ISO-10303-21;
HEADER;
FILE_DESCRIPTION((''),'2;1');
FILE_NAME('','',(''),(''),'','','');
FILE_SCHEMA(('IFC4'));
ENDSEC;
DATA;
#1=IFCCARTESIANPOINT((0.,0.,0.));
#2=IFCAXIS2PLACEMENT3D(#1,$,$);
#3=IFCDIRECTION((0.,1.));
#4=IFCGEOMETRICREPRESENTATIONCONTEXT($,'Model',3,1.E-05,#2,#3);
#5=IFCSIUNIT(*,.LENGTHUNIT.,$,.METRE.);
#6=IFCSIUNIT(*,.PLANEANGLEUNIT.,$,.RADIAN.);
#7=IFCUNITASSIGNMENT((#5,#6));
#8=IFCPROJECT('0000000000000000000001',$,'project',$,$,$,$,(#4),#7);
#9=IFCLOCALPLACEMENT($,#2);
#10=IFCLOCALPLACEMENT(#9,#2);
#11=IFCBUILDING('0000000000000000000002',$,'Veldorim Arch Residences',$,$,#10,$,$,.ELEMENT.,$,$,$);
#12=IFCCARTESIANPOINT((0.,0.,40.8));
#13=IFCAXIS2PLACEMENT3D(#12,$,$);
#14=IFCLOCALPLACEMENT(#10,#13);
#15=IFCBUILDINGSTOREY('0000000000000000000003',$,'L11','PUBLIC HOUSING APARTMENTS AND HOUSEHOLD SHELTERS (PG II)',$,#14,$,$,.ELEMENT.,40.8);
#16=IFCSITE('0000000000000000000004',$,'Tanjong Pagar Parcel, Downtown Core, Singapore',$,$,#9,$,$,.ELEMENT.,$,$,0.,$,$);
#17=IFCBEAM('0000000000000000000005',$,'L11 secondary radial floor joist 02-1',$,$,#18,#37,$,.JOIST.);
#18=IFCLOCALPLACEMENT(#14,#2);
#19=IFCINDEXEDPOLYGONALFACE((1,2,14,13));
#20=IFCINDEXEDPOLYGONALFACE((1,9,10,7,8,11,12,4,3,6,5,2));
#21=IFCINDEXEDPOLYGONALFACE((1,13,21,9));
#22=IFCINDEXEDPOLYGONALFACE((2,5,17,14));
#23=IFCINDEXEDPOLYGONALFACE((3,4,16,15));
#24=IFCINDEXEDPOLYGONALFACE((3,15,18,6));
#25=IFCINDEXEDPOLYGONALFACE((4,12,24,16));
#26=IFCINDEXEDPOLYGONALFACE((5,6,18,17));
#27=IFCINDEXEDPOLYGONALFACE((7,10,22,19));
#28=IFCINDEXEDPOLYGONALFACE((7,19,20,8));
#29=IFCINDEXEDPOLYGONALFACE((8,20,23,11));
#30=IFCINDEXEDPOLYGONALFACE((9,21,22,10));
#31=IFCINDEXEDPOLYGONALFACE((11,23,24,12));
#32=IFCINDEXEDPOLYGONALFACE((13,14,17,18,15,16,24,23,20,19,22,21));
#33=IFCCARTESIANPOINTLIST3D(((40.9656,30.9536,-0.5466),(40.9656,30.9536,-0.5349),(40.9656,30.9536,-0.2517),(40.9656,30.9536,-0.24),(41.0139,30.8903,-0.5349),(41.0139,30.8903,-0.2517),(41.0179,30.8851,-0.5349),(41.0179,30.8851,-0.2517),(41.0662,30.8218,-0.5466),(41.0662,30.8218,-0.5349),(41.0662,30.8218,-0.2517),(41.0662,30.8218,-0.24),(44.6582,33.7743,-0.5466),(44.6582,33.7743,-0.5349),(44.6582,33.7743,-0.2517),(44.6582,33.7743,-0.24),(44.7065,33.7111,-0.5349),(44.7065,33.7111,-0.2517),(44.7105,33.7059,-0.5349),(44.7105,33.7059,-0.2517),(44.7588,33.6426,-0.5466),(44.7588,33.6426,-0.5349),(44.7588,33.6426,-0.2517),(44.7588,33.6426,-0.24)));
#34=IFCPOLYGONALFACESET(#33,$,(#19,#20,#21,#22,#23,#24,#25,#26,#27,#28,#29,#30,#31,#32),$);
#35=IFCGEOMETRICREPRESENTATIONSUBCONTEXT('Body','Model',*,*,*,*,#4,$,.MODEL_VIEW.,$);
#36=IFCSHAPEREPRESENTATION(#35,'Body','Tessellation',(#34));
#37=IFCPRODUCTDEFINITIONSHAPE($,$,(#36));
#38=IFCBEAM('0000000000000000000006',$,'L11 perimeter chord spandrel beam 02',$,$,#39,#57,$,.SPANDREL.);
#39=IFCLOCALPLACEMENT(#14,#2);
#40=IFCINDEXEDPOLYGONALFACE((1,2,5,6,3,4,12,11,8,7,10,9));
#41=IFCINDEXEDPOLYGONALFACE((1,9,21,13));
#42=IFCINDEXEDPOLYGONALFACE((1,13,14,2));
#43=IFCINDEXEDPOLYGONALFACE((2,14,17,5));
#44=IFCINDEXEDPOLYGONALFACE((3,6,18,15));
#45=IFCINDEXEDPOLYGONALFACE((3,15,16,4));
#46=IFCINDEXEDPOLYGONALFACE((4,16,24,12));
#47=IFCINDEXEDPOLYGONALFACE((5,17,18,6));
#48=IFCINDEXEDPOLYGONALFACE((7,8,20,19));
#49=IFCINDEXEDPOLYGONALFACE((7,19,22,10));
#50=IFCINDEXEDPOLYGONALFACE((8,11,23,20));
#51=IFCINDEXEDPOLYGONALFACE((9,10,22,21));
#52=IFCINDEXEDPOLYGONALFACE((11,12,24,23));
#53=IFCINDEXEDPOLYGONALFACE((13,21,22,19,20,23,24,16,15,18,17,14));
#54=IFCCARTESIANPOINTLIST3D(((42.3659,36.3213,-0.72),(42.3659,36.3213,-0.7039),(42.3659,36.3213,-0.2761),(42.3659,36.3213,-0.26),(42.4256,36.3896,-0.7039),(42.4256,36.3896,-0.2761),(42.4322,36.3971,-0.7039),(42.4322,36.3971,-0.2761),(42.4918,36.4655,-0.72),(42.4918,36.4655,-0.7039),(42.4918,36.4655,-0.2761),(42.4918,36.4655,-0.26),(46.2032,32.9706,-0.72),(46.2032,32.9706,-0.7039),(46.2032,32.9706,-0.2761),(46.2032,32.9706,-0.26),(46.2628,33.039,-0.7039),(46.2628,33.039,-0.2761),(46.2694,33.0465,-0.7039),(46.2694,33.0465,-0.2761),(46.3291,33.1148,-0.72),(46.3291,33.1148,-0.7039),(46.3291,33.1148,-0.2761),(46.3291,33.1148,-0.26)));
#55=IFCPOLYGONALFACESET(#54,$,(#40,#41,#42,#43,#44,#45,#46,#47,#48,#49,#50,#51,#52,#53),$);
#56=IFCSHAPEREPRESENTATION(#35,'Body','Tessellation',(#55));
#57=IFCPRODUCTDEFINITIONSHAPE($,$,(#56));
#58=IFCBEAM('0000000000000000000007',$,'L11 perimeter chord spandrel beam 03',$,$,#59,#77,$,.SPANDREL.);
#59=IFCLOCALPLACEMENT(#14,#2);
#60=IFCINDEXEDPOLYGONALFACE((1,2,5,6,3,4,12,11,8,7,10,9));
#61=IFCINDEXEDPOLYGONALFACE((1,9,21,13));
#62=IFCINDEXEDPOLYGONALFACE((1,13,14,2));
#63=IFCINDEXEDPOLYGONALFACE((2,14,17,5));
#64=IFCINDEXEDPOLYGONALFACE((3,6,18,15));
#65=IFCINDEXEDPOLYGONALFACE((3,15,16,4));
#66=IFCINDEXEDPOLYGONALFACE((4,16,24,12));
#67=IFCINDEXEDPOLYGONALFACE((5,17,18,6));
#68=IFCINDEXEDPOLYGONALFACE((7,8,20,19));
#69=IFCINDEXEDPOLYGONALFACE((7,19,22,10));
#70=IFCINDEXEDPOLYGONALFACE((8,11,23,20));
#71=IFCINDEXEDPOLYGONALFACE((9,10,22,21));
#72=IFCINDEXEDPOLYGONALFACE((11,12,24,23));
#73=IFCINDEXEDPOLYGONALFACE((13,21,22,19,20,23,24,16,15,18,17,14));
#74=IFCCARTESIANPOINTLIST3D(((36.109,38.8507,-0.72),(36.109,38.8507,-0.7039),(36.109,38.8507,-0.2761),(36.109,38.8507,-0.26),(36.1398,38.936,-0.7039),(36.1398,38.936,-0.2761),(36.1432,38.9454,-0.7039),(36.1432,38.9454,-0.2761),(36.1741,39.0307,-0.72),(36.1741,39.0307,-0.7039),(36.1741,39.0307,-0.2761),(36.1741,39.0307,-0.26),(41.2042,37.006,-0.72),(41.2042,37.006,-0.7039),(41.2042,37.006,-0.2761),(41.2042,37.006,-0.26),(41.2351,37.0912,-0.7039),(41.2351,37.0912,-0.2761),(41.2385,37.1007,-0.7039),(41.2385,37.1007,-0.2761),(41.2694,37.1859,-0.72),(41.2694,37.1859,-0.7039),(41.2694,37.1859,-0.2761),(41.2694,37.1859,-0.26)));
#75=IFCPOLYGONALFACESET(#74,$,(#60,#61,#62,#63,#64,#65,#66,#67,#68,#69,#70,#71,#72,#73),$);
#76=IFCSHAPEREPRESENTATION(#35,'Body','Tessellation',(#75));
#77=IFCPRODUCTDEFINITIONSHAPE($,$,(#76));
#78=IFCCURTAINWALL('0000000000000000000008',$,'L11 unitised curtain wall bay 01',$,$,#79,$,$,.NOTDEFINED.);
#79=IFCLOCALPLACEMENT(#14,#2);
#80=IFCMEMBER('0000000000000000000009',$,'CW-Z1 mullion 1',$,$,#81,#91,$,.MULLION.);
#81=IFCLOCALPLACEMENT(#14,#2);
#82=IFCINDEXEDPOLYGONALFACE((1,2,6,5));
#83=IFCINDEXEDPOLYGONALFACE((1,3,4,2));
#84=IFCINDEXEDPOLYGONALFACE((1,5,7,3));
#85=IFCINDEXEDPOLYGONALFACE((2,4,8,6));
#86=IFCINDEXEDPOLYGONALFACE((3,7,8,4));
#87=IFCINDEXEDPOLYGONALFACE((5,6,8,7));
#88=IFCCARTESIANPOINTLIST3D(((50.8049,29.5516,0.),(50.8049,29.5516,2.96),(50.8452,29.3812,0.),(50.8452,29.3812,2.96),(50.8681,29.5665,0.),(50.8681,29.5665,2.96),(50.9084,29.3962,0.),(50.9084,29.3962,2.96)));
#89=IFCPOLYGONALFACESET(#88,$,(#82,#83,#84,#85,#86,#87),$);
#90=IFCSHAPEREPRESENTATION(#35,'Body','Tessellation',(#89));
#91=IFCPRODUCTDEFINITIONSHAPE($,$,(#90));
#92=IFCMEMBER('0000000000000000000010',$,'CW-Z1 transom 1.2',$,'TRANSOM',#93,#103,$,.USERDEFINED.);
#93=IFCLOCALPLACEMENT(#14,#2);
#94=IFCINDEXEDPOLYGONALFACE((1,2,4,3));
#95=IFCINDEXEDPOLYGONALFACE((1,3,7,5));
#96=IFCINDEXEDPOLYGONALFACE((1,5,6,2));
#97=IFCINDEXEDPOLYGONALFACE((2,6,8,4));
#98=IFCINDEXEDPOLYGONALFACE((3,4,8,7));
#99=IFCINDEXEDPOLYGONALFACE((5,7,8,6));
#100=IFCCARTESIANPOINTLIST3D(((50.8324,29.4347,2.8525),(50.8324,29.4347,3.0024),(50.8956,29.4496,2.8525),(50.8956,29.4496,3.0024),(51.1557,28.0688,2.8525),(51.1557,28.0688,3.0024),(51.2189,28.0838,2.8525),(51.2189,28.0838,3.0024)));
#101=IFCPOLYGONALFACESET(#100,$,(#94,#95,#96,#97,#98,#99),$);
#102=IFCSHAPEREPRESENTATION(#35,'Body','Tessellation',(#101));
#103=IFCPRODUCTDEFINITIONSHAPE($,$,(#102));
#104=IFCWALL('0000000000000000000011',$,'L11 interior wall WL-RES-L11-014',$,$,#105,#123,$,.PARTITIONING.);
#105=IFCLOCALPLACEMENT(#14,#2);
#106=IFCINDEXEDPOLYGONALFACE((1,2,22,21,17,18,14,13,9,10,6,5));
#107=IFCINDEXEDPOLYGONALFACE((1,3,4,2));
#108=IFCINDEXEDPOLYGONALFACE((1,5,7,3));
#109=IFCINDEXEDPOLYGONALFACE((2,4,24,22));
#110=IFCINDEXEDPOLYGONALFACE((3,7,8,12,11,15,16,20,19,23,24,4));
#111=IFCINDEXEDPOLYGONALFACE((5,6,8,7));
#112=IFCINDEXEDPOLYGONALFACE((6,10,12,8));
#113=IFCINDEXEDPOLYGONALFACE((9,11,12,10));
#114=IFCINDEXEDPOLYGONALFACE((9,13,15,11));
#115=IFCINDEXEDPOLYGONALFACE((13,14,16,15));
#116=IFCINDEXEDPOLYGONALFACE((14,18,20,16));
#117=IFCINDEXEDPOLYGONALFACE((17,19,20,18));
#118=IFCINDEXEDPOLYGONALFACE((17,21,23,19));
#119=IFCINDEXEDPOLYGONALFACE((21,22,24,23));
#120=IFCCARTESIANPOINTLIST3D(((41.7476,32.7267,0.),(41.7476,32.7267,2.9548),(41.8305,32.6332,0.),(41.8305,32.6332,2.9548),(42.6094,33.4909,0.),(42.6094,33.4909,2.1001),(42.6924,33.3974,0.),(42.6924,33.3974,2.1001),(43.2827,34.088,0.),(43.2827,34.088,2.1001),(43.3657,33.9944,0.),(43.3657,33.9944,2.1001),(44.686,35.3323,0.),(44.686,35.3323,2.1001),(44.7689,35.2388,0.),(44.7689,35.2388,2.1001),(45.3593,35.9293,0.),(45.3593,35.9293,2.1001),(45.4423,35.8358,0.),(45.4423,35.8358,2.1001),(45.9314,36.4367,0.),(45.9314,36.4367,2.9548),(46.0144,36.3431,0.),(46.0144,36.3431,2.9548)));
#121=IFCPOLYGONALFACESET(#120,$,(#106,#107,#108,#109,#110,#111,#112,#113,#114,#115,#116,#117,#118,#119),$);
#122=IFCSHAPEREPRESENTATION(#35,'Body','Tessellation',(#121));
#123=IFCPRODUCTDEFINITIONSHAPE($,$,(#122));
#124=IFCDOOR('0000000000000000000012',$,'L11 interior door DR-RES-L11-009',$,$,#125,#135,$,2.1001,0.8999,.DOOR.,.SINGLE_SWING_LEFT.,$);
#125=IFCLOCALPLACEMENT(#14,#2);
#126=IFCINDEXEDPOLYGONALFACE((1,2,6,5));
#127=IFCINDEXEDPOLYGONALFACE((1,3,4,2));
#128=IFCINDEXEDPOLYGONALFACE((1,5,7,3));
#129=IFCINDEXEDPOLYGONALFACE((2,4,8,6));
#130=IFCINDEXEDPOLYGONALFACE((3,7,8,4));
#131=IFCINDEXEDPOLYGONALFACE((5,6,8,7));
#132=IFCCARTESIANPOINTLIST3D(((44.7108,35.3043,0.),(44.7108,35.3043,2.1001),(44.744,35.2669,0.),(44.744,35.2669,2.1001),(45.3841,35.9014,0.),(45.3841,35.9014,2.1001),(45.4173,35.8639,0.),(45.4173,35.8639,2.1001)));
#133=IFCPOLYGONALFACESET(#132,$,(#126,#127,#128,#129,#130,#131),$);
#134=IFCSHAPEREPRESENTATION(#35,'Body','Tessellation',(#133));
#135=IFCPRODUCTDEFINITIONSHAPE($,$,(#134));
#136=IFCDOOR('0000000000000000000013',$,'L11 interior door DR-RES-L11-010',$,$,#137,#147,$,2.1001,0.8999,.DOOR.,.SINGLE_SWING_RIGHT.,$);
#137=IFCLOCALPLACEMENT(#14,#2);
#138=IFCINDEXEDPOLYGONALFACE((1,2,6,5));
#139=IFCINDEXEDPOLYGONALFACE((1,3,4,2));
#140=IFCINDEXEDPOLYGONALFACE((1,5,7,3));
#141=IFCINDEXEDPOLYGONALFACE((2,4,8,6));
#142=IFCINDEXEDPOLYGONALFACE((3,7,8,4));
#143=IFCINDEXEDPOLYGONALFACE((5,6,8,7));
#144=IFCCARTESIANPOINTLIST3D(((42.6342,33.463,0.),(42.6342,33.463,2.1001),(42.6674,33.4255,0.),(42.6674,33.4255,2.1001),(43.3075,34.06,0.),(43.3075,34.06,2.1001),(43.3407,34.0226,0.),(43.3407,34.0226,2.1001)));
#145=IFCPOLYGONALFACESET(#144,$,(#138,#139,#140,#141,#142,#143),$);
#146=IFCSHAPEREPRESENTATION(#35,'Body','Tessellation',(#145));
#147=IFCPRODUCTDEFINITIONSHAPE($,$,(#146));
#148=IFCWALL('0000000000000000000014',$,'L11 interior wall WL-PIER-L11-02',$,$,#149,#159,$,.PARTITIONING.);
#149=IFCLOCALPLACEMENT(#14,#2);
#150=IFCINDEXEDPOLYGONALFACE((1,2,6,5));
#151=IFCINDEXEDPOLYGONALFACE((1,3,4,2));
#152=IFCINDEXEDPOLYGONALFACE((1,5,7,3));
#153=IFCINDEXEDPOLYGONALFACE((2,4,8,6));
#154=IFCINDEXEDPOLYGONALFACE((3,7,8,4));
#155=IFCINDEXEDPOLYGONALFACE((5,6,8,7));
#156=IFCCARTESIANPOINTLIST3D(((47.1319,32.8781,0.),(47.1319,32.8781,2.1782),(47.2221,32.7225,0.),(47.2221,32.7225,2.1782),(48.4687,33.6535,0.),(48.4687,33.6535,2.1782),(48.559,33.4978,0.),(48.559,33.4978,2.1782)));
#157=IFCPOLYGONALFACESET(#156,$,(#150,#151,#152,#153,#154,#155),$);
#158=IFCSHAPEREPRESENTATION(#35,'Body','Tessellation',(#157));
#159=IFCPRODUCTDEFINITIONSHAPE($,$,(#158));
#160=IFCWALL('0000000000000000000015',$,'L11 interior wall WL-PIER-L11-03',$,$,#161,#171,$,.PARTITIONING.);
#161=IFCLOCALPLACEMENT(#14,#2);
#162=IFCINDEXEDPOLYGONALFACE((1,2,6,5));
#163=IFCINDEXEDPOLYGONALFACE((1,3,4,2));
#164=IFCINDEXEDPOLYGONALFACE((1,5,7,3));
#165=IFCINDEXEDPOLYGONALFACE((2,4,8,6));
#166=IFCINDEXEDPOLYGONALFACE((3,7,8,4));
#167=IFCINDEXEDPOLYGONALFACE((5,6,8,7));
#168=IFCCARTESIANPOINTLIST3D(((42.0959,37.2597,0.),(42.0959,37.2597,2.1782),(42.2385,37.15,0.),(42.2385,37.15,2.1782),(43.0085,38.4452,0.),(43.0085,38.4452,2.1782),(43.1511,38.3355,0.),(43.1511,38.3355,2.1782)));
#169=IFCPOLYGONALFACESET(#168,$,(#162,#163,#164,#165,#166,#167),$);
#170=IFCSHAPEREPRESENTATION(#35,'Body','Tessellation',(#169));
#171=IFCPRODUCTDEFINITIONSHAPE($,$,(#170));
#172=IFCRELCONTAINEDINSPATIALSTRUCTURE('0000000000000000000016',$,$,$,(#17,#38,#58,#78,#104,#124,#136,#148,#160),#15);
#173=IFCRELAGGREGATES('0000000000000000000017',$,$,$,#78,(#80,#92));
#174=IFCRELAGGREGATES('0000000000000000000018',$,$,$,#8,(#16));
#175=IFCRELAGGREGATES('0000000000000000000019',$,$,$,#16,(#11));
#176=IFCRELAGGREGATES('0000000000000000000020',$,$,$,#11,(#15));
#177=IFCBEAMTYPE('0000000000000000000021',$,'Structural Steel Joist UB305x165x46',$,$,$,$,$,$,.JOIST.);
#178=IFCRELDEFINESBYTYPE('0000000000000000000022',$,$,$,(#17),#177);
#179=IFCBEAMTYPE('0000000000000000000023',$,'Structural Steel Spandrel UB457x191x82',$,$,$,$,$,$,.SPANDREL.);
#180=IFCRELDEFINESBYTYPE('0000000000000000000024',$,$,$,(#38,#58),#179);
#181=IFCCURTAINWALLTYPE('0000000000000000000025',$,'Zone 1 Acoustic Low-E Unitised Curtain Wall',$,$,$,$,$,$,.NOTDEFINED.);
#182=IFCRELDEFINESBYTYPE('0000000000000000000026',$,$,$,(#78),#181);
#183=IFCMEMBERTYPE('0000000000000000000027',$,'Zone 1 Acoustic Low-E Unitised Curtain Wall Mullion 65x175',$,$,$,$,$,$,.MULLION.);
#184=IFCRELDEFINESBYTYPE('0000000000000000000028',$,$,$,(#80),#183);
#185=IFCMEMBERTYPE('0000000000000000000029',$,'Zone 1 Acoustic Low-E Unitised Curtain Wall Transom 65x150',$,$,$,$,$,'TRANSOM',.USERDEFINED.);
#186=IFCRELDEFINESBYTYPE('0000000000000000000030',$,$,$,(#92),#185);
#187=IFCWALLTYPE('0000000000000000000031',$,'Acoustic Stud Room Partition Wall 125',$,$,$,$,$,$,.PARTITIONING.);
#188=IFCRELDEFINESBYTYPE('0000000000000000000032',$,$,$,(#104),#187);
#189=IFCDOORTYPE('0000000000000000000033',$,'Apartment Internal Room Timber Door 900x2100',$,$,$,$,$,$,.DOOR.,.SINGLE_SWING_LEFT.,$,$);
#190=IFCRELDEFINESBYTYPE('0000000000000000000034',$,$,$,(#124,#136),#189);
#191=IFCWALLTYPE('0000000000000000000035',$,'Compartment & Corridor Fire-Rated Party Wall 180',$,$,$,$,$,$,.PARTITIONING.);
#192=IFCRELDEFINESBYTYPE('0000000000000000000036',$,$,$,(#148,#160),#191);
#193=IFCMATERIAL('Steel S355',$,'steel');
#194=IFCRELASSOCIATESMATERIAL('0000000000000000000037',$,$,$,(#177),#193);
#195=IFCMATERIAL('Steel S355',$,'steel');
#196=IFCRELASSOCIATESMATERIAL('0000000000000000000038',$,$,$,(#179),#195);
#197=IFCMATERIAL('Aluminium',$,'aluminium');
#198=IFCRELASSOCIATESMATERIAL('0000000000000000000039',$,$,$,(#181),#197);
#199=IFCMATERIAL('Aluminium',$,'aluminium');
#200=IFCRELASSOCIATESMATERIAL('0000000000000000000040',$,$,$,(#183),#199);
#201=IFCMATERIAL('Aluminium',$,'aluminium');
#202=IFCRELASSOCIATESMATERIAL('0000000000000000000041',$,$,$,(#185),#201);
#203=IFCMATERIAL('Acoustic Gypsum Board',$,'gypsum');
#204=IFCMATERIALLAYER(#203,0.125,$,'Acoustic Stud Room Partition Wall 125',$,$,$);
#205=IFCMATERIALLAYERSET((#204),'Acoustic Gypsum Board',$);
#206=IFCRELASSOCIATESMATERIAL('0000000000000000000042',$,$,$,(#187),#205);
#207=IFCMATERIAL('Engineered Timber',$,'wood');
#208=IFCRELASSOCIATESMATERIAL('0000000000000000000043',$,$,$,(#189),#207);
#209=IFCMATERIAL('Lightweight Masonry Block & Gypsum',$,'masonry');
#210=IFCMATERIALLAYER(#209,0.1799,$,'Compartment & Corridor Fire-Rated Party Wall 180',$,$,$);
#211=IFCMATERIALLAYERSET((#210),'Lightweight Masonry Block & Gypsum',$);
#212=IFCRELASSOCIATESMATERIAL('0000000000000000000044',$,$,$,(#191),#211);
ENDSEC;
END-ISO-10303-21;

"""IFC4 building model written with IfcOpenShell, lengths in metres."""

from ifc_helpers import new_model, si_unit, direction, frame, frame_2d, origin, origin_2d, place, context, subcontext, project, spatial, rectangle, i_section, extrude, material, layer, layer_set, material_profile, profile_set, type_object, element, fill, aggregate, save


model = new_model("IFC4")

# Units and contexts
model_context = context("Model", 3, precision=1e-05, world=origin(), true_north=direction((0.0, 1.0)))
body_context = subcontext(model_context, "Body", "Model", "MODEL_VIEW")
ifc_project = project(units=[si_unit("LENGTHUNIT", "METRE"), si_unit("PLANEANGLEUNIT", "RADIAN")], contexts=[model_context])

# Site, building, storey
site_placement = place(None, origin())
site = spatial("IfcSite", under=ifc_project, at=site_placement, Name="Tanjong Pagar Parcel, Downtown Core, Singapore", CompositionType="ELEMENT", RefElevation=0.0)
building_placement = place(site_placement, origin())
building = spatial("IfcBuilding", under=site, at=building_placement, Name="Veldorim Arch Residences", CompositionType="ELEMENT")
storey_placement = place(building_placement, frame((0.0, 0.0, 40.8)))
storey = spatial("IfcBuildingStorey", under=building, at=storey_placement, Name="L11", Description="PUBLIC HOUSING APARTMENTS AND HOUSEHOLD SHELTERS (PG II)", CompositionType="ELEMENT", Elevation=40.8)

# Beams
ifc_material_1 = material(Name="Steel S355", Category="steel")
ifc_material_profile_1 = material_profile(ifc_material_1, i_section(OverallWidth=0.1658, OverallDepth=0.3066, WebThickness=0.0066, FlangeThickness=0.0117, at=origin_2d()), Name="UB305x165x46")
ifc_profile_set_1 = profile_set([ifc_material_profile_1], Name="Steel S355")
beam_type_1 = type_object("IfcBeamType", Name="Structural Steel Joist UB305x165x46", PredefinedType="JOIST", material=ifc_profile_set_1)
beam_1_placement = place(storey_placement, frame((41.0159, 30.8877, -0.3933), z_axis=(0.794666, 0.607046, 0.0), x_axis=(-0.607046, 0.794666, 0.0)))
element("IfcBeam", 1, at=beam_1_placement, inside=storey, type_object=beam_type_1, Name="L11 secondary radial floor joist 02-1", PredefinedType="JOIST", context=body_context, shape_type="SweptSolid", body=[
    extrude(i_section(OverallWidth=0.1658, OverallDepth=0.3066, WebThickness=0.0066, FlangeThickness=0.0117, at=origin_2d()), origin(), (0.0, 0.0, 1.0), 4.6467),
])
ifc_material_2 = material(Name="Steel S355", Category="steel")
ifc_material_profile_2 = material_profile(ifc_material_2, i_section(OverallWidth=0.1914, OverallDepth=0.46, WebThickness=0.01, FlangeThickness=0.0161, at=origin_2d()), Name="UB457x191x82")
ifc_profile_set_2 = profile_set([ifc_material_profile_2], Name="Steel S355")
beam_type_2 = type_object("IfcBeamType", Name="Structural Steel Spandrel UB457x191x82", PredefinedType="SPANDREL", material=ifc_profile_set_2)
beam_2_placement = place(storey_placement, frame((46.2661, 33.0427, -0.49), z_axis=(-0.75325, 0.657734, 0.0), x_axis=(-0.657734, -0.75325, 0.0)))
element("IfcBeam", 2, at=beam_2_placement, inside=storey, type_object=beam_type_2, Name="L11 perimeter chord spandrel beam 02", PredefinedType="SPANDREL", context=body_context, shape_type="SweptSolid", body=[
    extrude(i_section(OverallWidth=0.1914, OverallDepth=0.46, WebThickness=0.01, FlangeThickness=0.0161, at=origin_2d()), origin(), (0.0, 0.0, 1.0), 5.0942),
])
beam_3_placement = place(storey_placement, frame((41.2368, 37.0959, -0.49), z_axis=(-0.940271, 0.340426, 0.0), x_axis=(-0.340426, -0.940271, 0.0)))
element("IfcBeam", 3, at=beam_3_placement, inside=storey, type_object=beam_type_2, Name="L11 perimeter chord spandrel beam 03", PredefinedType="SPANDREL", context=body_context, shape_type="SweptSolid", body=[
    extrude(i_section(OverallWidth=0.1914, OverallDepth=0.46, WebThickness=0.01, FlangeThickness=0.0161, at=origin_2d()), origin(), (0.0, 0.0, 1.0), 5.4189),
])

# Curtain wall, members
ifc_material_3 = material(Name="Aluminium", Category="aluminium")
curtain_wall_type = type_object("IfcCurtainWallType", Name="Zone 1 Acoustic Low-E Unitised Curtain Wall", PredefinedType="NOTDEFINED", material=ifc_material_3)
curtain_wall_placement = place(storey_placement, origin())
curtain_wall = element("IfcCurtainWall", 4, at=curtain_wall_placement, inside=storey, type_object=curtain_wall_type, Name="L11 unitised curtain wall bay 01", PredefinedType="NOTDEFINED")
ifc_material_4 = material(Name="Aluminium", Category="aluminium")
ifc_material_profile_3 = material_profile(ifc_material_4, rectangle(XDim=0.0649, YDim=0.175, at=origin_2d()), Name="ALU_MUL_65x175")
ifc_profile_set_3 = profile_set([ifc_material_profile_3], Name="Aluminium")
member_type_1 = type_object("IfcMemberType", Name="Zone 1 Acoustic Low-E Unitised Curtain Wall Mullion 65x175", PredefinedType="MULLION", material=ifc_profile_set_3)
member_1_placement = place(storey_placement, frame((50.8567, 29.4739, 0.0), z_axis=(0.0, 0.0, 1.0), x_axis=(0.97313, 0.230257, 0.0)))
member_1 = element("IfcMember", 5, at=member_1_placement, type_object=member_type_1, Name="CW-Z1 mullion 1", PredefinedType="MULLION", context=body_context, shape_type="SweptSolid", body=[
    extrude(rectangle(XDim=0.0649, YDim=0.175, at=origin_2d()), origin(), (0.0, 0.0, 1.0), 2.96),
])
ifc_material_5 = material(Name="Aluminium", Category="aluminium")
ifc_material_profile_4 = material_profile(ifc_material_5, rectangle(XDim=0.0649, YDim=0.1499, at=origin_2d()), Name="ALU_TRN_65x150")
ifc_profile_set_4 = profile_set([ifc_material_profile_4], Name="Aluminium")
member_type_2 = type_object("IfcMemberType", Name="Zone 1 Acoustic Low-E Unitised Curtain Wall Transom 65x150", ElementType="TRANSOM", PredefinedType="USERDEFINED", material=ifc_profile_set_4)
member_2_placement = place(storey_placement, frame((50.864, 29.4421, 2.9275), z_axis=(0.230319, -0.973115, 0.0), x_axis=(0.973115, 0.230319, 0.0)))
member_2 = element("IfcMember", 6, at=member_2_placement, type_object=member_type_2, Name="CW-Z1 transom 1.2", ObjectType="TRANSOM", PredefinedType="USERDEFINED", context=body_context, shape_type="SweptSolid", body=[
    extrude(rectangle(XDim=0.0649, YDim=0.1499, at=origin_2d()), origin(), (0.0, 0.0, 1.0), 1.4036),
])
aggregate(curtain_wall, [member_1, member_2])

# Wall, openings, doors
ifc_material_6 = material(Name="Acoustic Gypsum Board", Category="gypsum")
ifc_layer_1 = layer(ifc_material_6, 0.125, Name="Acoustic Stud Room Partition Wall 125")
ifc_layer_set_1 = layer_set([ifc_layer_1], Name="Acoustic Gypsum Board")
wall_type_1 = type_object("IfcWallType", Name="Acoustic Stud Room Partition Wall 125", PredefinedType="PARTITIONING", material=ifc_layer_set_1)
wall_1_placement = place(storey_placement, frame((45.9729, 36.3899, 0.0), z_axis=(0.0, 0.0, 1.0), x_axis=(-0.748209, -0.663464, 0.0)))
wall_1 = element("IfcWall", 7, at=wall_1_placement, inside=storey, type_object=wall_type_1, Name="L11 interior wall WL-RES-L11-014", PredefinedType="PARTITIONING", context=body_context, shape_type="SweptSolid", body=[
    extrude(rectangle(XDim=5.5918, YDim=0.125, at=frame_2d((2.7959, 0.0))), origin(), (0.0, 0.0, 1.0), 2.9548),
])
opening_1_placement = place(wall_1_placement, frame((0.7646, 0.0, 0.0)))
opening_1 = element("IfcOpeningElement", 8, at=opening_1_placement, cuts=wall_1, PredefinedType="OPENING", context=body_context, shape_type="SweptSolid", body=[
    extrude(rectangle(XDim=0.8999, YDim=2.1001, at=frame_2d((0.45, 1.05))), frame((0.0, 0.0725, 0.0), z_axis=(0.0, -1.0, 0.0), x_axis=(1.0, 0.0, 0.0)), (0.0, 0.0, 1.0), 0.145),
])
opening_2_placement = place(wall_1_placement, frame((3.54, 0.0, 0.0)))
opening_2 = element("IfcOpeningElement", 9, at=opening_2_placement, cuts=wall_1, PredefinedType="OPENING", context=body_context, shape_type="SweptSolid", body=[
    extrude(rectangle(XDim=0.8999, YDim=2.1001, at=frame_2d((0.45, 1.05))), frame((0.0, 0.0725, 0.0), z_axis=(0.0, -1.0, 0.0), x_axis=(1.0, 0.0, 0.0)), (0.0, 0.0, 1.0), 0.145),
])
ifc_material_7 = material(Name="Engineered Timber", Category="wood")
door_type_1 = type_object("IfcDoorType", Name="Apartment Internal Room Timber Door 900x2100", OperationType="SINGLE_SWING_LEFT", PredefinedType="DOOR", material=ifc_material_7)
door_1_placement = place(opening_1_placement, origin())
door_1 = element("IfcDoor", 10, at=door_1_placement, inside=storey, type_object=door_type_1, Name="L11 interior door DR-RES-L11-009", OperationType="SINGLE_SWING_LEFT", OverallHeight=2.1001, OverallWidth=0.8999, PredefinedType="DOOR", context=body_context, shape_type="SweptSolid", body=[
    extrude(rectangle(XDim=0.8999, YDim=2.1001, at=frame_2d((0.45, 1.05))), frame((0.0, 0.0249, 0.0), z_axis=(0.0, -1.0, 0.0), x_axis=(1.0, 0.0, 0.0)), (0.0, 0.0, 1.0), 0.05),
])
fill(opening_1, door_1)
door_2_placement = place(opening_2_placement, origin())
door_2 = element("IfcDoor", 11, at=door_2_placement, inside=storey, type_object=door_type_1, Name="L11 interior door DR-RES-L11-010", OperationType="SINGLE_SWING_RIGHT", OverallHeight=2.1001, OverallWidth=0.8999, PredefinedType="DOOR", context=body_context, shape_type="SweptSolid", body=[
    extrude(rectangle(XDim=0.8999, YDim=2.1001, at=frame_2d((0.45, 1.05))), frame((0.0, 0.0249, 0.0), z_axis=(0.0, -1.0, 0.0), x_axis=(1.0, 0.0, 0.0)), (0.0, 0.0, 1.0), 0.05),
])
fill(opening_2, door_2)

# Walls
ifc_material_8 = material(Name="Lightweight Masonry Block & Gypsum", Category="masonry")
ifc_layer_2 = layer(ifc_material_8, 0.1799, Name="Compartment & Corridor Fire-Rated Party Wall 180")
ifc_layer_set_2 = layer_set([ifc_layer_2], Name="Lightweight Masonry Block & Gypsum")
wall_type_2 = type_object("IfcWallType", Name="Compartment & Corridor Fire-Rated Party Wall 180", PredefinedType="PARTITIONING", material=ifc_layer_set_2)
wall_2_placement = place(storey_placement, frame((47.177, 32.8003, 0.0), z_axis=(0.0, 0.0, 1.0), x_axis=(0.865037, 0.501709, 0.0)))
element("IfcWall", 12, at=wall_2_placement, inside=storey, type_object=wall_type_2, Name="L11 interior wall WL-PIER-L11-02", PredefinedType="PARTITIONING", context=body_context, shape_type="SweptSolid", body=[
    extrude(rectangle(XDim=1.5454, YDim=0.1799, at=frame_2d((0.7727, 0.0))), origin(), (0.0, 0.0, 1.0), 2.1782),
])
wall_3_placement = place(storey_placement, frame((42.1672, 37.2048, 0.0), z_axis=(0.0, 0.0, 1.0), x_axis=(0.609979, 0.792418, 0.0)))
element("IfcWall", 13, at=wall_3_placement, inside=storey, type_object=wall_type_2, Name="L11 interior wall WL-PIER-L11-03", PredefinedType="PARTITIONING", context=body_context, shape_type="SweptSolid", body=[
    extrude(rectangle(XDim=1.4961, YDim=0.1799, at=frame_2d((0.748, 0.0))), origin(), (0.0, 0.0, 1.0), 2.1782),
])

save(model, "model.ifc")
